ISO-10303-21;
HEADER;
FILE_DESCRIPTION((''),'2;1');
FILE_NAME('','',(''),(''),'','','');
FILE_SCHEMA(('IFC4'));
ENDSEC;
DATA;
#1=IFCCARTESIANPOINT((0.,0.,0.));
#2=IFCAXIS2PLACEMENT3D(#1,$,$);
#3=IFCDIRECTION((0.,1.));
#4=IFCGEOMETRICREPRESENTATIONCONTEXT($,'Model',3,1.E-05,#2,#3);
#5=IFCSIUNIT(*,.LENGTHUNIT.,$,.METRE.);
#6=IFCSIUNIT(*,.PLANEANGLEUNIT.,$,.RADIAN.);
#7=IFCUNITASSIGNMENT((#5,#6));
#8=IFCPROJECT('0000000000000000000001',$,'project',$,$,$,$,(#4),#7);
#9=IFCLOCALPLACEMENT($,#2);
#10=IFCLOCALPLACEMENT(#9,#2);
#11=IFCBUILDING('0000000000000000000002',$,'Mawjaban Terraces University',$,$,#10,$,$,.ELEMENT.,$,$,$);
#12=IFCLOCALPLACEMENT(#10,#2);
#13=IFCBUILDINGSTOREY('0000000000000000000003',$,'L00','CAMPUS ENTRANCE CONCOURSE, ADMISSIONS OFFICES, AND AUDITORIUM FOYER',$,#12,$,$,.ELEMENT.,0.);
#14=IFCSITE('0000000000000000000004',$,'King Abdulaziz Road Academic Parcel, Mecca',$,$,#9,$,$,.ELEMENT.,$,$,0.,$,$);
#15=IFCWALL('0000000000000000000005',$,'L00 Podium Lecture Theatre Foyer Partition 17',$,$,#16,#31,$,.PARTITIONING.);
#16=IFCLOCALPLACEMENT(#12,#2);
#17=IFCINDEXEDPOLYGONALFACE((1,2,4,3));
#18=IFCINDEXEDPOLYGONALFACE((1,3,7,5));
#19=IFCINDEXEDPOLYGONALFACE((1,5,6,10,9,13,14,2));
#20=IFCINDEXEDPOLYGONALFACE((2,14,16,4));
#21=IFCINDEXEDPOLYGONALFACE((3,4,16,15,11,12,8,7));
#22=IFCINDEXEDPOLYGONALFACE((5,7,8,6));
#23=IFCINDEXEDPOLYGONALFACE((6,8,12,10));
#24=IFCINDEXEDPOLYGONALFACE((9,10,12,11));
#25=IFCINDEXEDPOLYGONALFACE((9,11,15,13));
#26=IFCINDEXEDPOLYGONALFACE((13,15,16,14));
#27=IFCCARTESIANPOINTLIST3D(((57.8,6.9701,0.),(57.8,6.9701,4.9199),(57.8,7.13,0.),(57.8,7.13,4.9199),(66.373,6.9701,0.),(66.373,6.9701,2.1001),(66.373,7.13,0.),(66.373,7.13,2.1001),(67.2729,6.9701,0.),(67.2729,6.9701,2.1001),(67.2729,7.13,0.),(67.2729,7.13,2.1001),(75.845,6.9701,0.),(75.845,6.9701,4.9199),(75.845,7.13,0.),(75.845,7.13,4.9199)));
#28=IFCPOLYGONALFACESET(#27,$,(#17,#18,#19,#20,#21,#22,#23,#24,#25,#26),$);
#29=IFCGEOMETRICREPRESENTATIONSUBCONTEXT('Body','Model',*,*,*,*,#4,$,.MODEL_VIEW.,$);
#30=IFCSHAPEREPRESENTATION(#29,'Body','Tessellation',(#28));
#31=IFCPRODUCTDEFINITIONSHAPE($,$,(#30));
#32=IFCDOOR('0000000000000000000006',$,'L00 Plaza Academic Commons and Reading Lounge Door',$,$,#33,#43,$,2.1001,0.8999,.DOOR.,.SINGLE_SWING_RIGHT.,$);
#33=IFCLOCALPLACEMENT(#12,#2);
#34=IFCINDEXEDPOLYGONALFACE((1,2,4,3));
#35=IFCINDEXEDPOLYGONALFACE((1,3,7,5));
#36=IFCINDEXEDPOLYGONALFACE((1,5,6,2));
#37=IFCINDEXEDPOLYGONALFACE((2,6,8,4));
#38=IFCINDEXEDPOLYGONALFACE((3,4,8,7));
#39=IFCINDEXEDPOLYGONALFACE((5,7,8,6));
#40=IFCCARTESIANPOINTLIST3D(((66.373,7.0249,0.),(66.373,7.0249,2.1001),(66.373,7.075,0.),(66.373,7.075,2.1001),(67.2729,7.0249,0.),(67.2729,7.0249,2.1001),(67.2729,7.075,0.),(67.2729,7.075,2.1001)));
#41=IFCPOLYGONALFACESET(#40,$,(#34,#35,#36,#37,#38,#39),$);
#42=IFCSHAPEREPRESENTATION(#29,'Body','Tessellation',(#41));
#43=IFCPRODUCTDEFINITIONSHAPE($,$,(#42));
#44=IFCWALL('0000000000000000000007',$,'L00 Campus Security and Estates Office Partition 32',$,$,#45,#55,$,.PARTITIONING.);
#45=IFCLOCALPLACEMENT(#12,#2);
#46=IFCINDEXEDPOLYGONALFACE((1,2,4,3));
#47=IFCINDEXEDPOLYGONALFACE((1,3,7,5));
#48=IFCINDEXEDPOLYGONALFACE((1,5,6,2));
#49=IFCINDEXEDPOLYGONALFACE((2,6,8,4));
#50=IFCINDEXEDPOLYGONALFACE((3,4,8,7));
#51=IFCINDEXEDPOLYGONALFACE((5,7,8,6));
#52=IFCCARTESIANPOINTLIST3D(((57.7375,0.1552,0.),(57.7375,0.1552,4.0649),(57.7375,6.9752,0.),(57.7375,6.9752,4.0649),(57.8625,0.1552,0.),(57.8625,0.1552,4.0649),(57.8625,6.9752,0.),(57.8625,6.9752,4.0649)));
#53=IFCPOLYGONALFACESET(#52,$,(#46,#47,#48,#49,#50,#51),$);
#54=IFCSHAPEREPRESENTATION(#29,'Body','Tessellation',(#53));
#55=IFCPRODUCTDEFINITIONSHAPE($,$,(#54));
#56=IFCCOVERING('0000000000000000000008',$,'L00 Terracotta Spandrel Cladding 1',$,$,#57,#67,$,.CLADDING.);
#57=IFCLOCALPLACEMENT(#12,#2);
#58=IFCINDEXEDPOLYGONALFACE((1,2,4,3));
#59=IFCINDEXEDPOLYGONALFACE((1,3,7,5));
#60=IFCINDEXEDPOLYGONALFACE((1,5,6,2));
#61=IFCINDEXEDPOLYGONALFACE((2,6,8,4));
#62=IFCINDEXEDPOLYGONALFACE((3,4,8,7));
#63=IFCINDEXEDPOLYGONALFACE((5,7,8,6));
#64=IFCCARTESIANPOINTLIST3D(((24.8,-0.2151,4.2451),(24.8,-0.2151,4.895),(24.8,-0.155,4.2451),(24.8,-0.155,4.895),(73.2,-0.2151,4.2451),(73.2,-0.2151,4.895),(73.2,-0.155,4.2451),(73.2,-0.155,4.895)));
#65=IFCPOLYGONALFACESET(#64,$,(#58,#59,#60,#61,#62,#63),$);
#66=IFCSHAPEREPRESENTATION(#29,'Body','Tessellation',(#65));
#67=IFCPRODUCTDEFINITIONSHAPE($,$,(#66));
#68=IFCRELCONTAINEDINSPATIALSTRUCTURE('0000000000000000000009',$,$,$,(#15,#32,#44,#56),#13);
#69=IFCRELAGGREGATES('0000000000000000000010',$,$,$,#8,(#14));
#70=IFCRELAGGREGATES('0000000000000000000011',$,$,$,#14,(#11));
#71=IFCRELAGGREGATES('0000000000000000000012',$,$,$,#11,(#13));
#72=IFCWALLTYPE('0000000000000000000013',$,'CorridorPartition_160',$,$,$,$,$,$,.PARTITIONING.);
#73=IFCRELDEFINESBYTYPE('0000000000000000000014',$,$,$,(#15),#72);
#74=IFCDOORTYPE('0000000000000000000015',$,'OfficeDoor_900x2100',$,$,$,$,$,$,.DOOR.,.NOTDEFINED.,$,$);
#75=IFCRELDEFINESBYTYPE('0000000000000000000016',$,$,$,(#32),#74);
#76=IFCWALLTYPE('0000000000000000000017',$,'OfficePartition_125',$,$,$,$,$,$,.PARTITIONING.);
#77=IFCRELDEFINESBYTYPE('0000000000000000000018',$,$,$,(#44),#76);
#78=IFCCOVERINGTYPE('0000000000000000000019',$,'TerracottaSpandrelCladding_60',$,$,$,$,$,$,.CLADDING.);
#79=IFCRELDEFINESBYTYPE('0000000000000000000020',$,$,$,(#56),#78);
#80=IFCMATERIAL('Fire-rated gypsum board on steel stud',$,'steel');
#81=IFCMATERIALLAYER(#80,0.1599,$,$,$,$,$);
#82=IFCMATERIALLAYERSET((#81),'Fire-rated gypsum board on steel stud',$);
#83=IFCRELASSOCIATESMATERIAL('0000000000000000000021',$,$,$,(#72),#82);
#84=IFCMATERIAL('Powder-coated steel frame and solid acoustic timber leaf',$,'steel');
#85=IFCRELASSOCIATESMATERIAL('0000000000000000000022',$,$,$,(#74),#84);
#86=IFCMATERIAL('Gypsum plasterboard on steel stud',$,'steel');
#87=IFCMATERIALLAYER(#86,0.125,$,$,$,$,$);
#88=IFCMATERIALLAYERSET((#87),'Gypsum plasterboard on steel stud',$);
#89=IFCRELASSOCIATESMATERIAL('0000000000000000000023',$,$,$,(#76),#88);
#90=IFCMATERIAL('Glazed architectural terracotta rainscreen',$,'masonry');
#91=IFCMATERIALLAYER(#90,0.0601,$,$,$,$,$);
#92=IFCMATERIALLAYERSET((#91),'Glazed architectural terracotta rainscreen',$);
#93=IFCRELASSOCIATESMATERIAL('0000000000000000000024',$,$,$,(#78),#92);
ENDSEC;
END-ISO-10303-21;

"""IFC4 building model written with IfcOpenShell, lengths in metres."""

from ifc_helpers import new_model, si_unit, direction, frame, frame_2d, origin, origin_2d, place, context, subcontext, project, spatial, rectangle, extrude, material, layer, layer_set, type_object, element, fill, save


model = new_model("IFC4")

# Units and contexts
model_context = context("Model", 3, precision=1e-05, world=origin(), true_north=direction((0.0, 1.0)))
body_context = subcontext(model_context, "Body", "Model", "MODEL_VIEW")
ifc_project = project(units=[si_unit("LENGTHUNIT", "METRE"), si_unit("PLANEANGLEUNIT", "RADIAN")], contexts=[model_context])

# Site, building, storey
site_placement = place(None, origin())
site = spatial("IfcSite", under=ifc_project, at=site_placement, Name="King Abdulaziz Road Academic Parcel, Mecca", CompositionType="ELEMENT", RefElevation=0.0)
building_placement = place(site_placement, origin())
building = spatial("IfcBuilding", under=site, at=building_placement, Name="Mawjaban Terraces University", CompositionType="ELEMENT")
storey_placement = place(building_placement, origin())
storey = spatial("IfcBuildingStorey", under=building, at=storey_placement, Name="L00", Description="CAMPUS ENTRANCE CONCOURSE, ADMISSIONS OFFICES, AND AUDITORIUM FOYER", CompositionType="ELEMENT", Elevation=0.0)

# Wall, opening, door
ifc_material_1 = material(Name="Fire-rated gypsum board on steel stud", Category="steel")
ifc_layer_1 = layer(ifc_material_1, 0.1599)
ifc_layer_set_1 = layer_set([ifc_layer_1], Name="Fire-rated gypsum board on steel stud")
wall_type_1 = type_object("IfcWallType", Name="CorridorPartition_160", PredefinedType="PARTITIONING", material=ifc_layer_set_1)
wall_1_placement = place(storey_placement, frame((57.8, 7.05, 0.0), z_axis=(0.0, 0.0, 1.0), x_axis=(1.0, 0.0, 0.0)))
wall_1 = element("IfcWall", 1, at=wall_1_placement, inside=storey, type_object=wall_type_1, Name="L00 Podium Lecture Theatre Foyer Partition 17", PredefinedType="PARTITIONING", context=body_context, shape_type="SweptSolid", body=[
    extrude(rectangle(XDim=18.0449, YDim=0.1599, at=frame_2d((9.0225, 0.0))), origin(), (0.0, 0.0, 1.0), 4.9199),
])
opening_placement = place(wall_1_placement, frame((8.573, 0.0, 0.0)))
opening = element("IfcOpeningElement", 2, at=opening_placement, cuts=wall_1, PredefinedType="OPENING", context=body_context, shape_type="SweptSolid", body=[
    extrude(rectangle(XDim=0.8999, YDim=2.1001, at=frame_2d((0.45, 1.05))), frame((0.0, 0.0898, 0.0), z_axis=(0.0, -1.0, 0.0), x_axis=(1.0, 0.0, 0.0)), (0.0, 0.0, 1.0), 0.1799),
])
ifc_material_2 = material(Name="Powder-coated steel frame and solid acoustic timber leaf", Category="steel")
door_type = type_object("IfcDoorType", Name="OfficeDoor_900x2100", OperationType="NOTDEFINED", PredefinedType="DOOR", material=ifc_material_2)
door_placement = place(opening_placement, origin())
door = element("IfcDoor", 3, at=door_placement, inside=storey, type_object=door_type, Name="L00 Plaza Academic Commons and Reading Lounge Door", OperationType="SINGLE_SWING_RIGHT", OverallHeight=2.1001, OverallWidth=0.8999, PredefinedType="DOOR", context=body_context, shape_type="SweptSolid", body=[
    extrude(rectangle(XDim=0.8999, YDim=2.1001, at=frame_2d((0.45, 1.05))), frame((0.0, 0.0249, 0.0), z_axis=(0.0, -1.0, 0.0), x_axis=(1.0, 0.0, 0.0)), (0.0, 0.0, 1.0), 0.05),
])
fill(opening, door)

# Wall
ifc_material_3 = material(Name="Gypsum plasterboard on steel stud", Category="steel")
ifc_layer_2 = layer(ifc_material_3, 0.125)
ifc_layer_set_2 = layer_set([ifc_layer_2], Name="Gypsum plasterboard on steel stud")
wall_type_2 = type_object("IfcWallType", Name="OfficePartition_125", PredefinedType="PARTITIONING", material=ifc_layer_set_2)
wall_2_placement = place(storey_placement, frame((57.8, 0.155, 0.0), z_axis=(0.0, 0.0, 1.0), x_axis=(0.0, 1.0, 0.0)))
element("IfcWall", 4, at=wall_2_placement, inside=storey, type_object=wall_type_2, Name="L00 Campus Security and Estates Office Partition 32", PredefinedType="PARTITIONING", context=body_context, shape_type="SweptSolid", body=[
    extrude(rectangle(XDim=6.8201, YDim=0.125, at=frame_2d((3.4102, 0.0))), origin(), (0.0, 0.0, 1.0), 4.0649),
])

# Covering
ifc_material_4 = material(Name="Glazed architectural terracotta rainscreen", Category="masonry")
ifc_layer_3 = layer(ifc_material_4, 0.0601)
ifc_layer_set_3 = layer_set([ifc_layer_3], Name="Glazed architectural terracotta rainscreen")
covering_type = type_object("IfcCoveringType", Name="TerracottaSpandrelCladding_60", PredefinedType="CLADDING", material=ifc_layer_set_3)
covering_placement = place(storey_placement, frame((49.0, -0.1851, 4.2451), z_axis=(0.0, 0.0, 1.0), x_axis=(1.0, 0.0, 0.0)))
element("IfcCovering", 5, at=covering_placement, inside=storey, type_object=covering_type, Name="L00 Terracotta Spandrel Cladding 1", PredefinedType="CLADDING", context=body_context, shape_type="SweptSolid", body=[
    extrude(rectangle(XDim=48.3999, YDim=0.0601, at=origin_2d()), origin(), (0.0, 0.0, 1.0), 0.6499),
])

save(model, "model.ifc")
